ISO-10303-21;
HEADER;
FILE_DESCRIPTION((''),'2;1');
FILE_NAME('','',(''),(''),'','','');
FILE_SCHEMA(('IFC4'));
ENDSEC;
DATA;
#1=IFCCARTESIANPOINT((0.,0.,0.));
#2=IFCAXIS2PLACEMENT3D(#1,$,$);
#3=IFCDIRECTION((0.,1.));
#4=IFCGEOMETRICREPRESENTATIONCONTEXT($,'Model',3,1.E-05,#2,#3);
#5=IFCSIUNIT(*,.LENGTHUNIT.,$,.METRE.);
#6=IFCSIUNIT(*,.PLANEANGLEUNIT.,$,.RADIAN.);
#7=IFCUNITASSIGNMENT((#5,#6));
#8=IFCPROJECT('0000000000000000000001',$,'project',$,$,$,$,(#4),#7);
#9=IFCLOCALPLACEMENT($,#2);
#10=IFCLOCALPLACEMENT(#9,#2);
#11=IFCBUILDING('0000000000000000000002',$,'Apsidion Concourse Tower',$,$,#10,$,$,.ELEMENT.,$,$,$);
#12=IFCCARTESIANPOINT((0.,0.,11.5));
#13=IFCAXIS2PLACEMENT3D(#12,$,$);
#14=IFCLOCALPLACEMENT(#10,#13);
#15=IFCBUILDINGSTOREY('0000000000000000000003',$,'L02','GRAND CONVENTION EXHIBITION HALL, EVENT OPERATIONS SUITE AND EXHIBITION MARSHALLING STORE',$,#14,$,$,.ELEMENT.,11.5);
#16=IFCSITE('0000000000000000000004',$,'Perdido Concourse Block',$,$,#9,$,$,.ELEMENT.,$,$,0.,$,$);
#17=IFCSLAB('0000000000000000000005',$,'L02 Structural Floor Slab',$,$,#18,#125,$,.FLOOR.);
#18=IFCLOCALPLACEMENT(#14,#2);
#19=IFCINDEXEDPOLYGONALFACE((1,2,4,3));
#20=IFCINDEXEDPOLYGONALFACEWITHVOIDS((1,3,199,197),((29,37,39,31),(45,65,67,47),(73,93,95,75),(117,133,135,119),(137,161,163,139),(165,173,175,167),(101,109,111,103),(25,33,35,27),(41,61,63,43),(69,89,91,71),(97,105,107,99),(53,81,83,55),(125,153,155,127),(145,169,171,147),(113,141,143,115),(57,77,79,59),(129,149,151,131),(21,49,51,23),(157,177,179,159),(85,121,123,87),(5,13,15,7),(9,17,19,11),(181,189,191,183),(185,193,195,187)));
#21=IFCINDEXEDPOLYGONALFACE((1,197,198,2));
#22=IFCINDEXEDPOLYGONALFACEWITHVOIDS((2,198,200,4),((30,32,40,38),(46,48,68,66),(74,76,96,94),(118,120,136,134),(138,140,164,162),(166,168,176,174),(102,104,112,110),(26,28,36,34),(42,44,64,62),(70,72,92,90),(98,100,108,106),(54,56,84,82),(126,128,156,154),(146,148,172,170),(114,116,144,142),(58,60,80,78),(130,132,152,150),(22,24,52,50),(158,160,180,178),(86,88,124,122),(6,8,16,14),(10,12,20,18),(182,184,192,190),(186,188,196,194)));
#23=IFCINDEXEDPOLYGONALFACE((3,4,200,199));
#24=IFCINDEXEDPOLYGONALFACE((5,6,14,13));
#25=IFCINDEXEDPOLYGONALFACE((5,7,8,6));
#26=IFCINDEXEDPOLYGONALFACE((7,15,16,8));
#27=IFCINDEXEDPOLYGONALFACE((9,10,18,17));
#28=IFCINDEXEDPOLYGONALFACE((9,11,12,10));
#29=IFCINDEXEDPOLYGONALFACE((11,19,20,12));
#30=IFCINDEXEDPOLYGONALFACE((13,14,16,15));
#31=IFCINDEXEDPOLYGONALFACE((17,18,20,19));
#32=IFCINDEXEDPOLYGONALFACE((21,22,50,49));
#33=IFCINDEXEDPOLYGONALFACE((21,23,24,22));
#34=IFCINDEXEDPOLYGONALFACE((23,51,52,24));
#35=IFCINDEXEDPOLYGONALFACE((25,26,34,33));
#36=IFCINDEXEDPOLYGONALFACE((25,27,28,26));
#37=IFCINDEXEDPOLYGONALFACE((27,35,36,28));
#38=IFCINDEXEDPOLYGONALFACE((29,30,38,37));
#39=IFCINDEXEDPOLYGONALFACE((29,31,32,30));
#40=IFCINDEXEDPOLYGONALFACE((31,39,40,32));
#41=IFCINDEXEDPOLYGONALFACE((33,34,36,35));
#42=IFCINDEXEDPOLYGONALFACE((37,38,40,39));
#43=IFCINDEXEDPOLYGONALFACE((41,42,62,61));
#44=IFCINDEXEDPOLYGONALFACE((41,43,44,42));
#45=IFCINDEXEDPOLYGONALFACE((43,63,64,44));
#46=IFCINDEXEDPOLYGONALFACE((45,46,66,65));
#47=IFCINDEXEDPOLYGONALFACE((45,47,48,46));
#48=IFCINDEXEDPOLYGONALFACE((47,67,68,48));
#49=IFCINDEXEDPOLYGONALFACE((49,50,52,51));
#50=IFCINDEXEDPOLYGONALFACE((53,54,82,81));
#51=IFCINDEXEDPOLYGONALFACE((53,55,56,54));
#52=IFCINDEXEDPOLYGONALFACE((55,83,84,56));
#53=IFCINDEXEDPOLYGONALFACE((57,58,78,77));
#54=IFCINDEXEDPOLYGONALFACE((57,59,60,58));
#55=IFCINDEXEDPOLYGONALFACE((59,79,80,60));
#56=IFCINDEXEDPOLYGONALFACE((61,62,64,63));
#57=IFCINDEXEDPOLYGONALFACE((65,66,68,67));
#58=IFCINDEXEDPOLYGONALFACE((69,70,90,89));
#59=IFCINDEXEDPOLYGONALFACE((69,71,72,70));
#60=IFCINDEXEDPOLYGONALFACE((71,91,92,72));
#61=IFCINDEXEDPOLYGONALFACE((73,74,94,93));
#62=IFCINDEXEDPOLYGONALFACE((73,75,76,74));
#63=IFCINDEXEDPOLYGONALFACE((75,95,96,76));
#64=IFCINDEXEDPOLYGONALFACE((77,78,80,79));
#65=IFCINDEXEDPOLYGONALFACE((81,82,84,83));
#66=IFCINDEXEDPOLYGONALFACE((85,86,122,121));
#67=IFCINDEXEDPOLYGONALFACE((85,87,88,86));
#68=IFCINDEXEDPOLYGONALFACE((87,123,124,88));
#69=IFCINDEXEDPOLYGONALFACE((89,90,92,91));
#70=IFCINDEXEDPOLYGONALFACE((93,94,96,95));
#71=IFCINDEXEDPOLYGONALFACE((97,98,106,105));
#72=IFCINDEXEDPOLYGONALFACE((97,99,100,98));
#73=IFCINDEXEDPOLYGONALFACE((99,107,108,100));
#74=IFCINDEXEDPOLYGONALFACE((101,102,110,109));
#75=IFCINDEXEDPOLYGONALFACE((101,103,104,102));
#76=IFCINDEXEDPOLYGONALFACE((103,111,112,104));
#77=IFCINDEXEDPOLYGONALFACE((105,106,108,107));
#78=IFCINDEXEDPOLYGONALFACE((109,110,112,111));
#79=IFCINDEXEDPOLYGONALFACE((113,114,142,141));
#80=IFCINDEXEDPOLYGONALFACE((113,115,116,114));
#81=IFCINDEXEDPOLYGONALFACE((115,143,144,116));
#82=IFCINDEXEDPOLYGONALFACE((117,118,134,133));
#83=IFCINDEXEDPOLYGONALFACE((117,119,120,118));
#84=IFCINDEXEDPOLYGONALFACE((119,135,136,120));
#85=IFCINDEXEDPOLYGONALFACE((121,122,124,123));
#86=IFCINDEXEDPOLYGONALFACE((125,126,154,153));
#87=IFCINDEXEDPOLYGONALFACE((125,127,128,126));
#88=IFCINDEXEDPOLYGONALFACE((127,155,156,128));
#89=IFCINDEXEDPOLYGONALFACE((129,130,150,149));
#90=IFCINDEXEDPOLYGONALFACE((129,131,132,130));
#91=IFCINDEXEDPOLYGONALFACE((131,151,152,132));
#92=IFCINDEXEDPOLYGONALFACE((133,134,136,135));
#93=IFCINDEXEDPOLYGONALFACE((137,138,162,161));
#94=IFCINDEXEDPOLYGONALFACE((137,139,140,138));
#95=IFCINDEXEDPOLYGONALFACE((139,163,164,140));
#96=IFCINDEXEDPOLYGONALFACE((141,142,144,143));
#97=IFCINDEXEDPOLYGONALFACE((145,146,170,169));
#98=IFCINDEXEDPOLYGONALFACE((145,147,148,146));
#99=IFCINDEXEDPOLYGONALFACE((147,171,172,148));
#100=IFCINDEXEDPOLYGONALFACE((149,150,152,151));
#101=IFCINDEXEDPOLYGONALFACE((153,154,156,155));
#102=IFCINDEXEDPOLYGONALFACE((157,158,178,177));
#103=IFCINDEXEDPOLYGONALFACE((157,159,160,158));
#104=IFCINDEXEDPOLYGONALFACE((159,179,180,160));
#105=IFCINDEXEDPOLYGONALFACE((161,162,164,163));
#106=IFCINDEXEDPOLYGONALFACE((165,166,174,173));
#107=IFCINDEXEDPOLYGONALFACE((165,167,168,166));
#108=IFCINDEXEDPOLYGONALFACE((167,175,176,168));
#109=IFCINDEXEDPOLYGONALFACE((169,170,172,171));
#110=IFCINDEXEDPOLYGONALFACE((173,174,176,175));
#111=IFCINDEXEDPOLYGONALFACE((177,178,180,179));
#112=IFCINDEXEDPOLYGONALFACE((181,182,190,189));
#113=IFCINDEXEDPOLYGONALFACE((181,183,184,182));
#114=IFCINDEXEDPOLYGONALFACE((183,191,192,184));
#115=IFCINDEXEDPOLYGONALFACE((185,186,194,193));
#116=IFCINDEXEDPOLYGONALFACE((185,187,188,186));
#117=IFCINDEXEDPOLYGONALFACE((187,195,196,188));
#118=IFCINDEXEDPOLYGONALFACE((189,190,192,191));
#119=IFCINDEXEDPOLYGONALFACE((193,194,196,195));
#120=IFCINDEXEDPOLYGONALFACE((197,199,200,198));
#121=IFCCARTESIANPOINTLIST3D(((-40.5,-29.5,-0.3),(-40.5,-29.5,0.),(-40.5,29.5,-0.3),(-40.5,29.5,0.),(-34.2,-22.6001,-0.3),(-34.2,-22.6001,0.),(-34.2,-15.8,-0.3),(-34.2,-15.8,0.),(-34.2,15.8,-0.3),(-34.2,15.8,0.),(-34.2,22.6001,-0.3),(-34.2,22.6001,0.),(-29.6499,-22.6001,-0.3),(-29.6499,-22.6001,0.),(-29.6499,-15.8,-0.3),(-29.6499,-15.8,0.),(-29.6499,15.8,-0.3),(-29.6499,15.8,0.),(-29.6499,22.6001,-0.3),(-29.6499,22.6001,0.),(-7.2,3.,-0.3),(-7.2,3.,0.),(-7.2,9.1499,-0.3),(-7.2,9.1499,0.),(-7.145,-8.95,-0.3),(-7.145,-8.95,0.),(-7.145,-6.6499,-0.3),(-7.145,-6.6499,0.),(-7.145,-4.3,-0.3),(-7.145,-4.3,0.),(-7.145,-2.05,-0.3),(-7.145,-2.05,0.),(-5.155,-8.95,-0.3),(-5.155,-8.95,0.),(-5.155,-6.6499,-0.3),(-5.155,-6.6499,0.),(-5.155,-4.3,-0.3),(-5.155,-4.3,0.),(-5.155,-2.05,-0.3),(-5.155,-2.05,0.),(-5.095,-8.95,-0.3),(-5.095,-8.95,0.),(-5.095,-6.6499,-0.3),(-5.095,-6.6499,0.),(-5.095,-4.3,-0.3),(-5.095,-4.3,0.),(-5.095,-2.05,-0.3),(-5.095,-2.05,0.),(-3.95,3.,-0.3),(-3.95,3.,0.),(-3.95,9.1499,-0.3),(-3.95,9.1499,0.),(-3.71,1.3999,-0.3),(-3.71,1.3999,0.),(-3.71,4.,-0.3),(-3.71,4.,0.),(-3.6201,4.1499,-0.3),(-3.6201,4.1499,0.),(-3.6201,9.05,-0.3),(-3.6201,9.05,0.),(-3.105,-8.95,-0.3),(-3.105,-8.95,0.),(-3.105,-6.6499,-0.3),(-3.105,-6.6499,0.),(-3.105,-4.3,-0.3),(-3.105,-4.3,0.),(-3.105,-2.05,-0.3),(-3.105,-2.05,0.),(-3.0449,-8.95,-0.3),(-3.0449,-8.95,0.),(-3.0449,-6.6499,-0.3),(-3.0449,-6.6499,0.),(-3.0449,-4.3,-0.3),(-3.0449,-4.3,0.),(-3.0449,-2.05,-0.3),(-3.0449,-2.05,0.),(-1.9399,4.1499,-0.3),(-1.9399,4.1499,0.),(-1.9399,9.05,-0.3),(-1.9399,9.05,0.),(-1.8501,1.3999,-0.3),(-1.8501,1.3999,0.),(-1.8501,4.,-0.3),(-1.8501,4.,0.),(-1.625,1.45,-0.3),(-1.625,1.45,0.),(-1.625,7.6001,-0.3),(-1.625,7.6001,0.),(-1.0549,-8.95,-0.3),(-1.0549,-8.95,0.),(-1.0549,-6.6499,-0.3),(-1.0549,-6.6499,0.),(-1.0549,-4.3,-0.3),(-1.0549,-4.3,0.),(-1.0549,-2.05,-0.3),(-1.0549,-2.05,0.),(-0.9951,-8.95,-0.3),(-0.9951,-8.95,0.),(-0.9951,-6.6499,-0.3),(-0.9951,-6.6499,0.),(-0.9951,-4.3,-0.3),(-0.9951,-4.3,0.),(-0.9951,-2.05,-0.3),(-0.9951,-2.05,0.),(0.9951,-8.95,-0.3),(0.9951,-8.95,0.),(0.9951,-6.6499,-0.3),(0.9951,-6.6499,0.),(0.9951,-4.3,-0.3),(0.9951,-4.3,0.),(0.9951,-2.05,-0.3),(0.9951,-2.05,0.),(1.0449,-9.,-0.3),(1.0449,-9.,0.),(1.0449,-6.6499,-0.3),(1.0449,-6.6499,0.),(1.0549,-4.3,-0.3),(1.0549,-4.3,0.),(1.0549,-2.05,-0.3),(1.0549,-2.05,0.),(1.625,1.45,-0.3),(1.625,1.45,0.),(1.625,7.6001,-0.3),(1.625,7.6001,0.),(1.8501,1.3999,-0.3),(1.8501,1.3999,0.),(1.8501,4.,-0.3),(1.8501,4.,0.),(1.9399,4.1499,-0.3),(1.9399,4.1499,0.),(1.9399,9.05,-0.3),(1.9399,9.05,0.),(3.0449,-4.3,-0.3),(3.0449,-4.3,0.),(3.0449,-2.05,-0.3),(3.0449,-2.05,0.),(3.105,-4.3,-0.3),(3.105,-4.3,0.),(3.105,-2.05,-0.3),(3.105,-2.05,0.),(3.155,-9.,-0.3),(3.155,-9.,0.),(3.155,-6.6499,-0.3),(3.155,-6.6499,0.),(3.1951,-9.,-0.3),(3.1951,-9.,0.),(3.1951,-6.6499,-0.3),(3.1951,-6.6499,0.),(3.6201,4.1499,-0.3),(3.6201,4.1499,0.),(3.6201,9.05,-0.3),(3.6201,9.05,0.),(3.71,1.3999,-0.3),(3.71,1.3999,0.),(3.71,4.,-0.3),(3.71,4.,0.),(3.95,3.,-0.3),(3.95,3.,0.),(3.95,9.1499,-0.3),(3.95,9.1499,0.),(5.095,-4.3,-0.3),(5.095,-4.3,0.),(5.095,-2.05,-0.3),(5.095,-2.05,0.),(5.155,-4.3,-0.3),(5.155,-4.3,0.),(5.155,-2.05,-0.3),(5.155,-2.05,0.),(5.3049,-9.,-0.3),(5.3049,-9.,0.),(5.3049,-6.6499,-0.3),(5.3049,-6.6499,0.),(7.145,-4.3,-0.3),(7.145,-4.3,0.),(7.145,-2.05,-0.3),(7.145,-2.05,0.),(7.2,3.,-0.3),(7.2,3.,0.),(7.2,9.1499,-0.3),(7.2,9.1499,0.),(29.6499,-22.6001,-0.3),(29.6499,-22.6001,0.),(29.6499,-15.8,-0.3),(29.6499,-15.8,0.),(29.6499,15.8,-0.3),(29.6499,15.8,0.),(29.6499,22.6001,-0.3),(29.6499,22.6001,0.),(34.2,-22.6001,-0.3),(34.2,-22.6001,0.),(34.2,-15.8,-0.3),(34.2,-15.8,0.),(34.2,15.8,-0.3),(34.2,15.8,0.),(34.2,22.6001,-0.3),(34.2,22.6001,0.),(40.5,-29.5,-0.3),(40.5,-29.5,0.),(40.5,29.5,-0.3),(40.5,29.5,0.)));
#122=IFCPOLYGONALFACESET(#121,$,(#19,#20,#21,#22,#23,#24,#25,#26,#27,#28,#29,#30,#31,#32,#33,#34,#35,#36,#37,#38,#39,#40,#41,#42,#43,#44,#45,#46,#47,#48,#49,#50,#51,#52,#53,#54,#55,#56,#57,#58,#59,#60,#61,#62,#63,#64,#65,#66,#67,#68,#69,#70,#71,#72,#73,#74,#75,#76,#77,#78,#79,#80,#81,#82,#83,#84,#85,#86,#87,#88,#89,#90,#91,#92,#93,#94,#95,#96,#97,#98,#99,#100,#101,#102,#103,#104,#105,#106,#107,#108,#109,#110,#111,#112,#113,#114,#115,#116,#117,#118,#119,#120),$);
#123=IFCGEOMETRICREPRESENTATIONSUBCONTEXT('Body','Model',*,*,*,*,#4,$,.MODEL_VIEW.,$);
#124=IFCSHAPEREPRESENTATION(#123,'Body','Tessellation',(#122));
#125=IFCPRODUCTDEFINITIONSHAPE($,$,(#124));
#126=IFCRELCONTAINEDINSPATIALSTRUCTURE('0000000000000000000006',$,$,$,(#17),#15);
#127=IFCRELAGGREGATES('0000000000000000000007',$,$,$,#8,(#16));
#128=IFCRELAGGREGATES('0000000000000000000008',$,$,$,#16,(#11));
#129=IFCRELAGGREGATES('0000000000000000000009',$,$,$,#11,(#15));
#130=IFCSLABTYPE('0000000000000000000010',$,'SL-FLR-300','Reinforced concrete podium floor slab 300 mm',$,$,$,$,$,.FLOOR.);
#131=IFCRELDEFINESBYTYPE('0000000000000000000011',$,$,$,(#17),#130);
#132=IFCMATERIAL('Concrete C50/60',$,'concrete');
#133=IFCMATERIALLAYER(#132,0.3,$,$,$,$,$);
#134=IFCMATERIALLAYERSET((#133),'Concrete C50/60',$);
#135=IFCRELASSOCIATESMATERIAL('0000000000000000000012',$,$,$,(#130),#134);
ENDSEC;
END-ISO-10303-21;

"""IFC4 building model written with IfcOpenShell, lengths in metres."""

from ifc_helpers import new_model, si_unit, direction, frame, origin, place, context, subcontext, project, spatial, polyline, outline, extrude, material, layer, layer_set, type_object, element, save


model = new_model("IFC4")

# Units and contexts
model_context = context("Model", 3, precision=1e-05, world=origin(), true_north=direction((0.0, 1.0)))
body_context = subcontext(model_context, "Body", "Model", "MODEL_VIEW")
ifc_project = project(units=[si_unit("LENGTHUNIT", "METRE"), si_unit("PLANEANGLEUNIT", "RADIAN")], contexts=[model_context])

# Site, building, storey
site_placement = place(None, origin())
site = spatial("IfcSite", under=ifc_project, at=site_placement, Name="Perdido Concourse Block", CompositionType="ELEMENT", RefElevation=0.0)
building_placement = place(site_placement, origin())
building = spatial("IfcBuilding", under=site, at=building_placement, Name="Apsidion Concourse Tower", CompositionType="ELEMENT")
storey_placement = place(building_placement, frame((0.0, 0.0, 11.5)))
storey = spatial("IfcBuildingStorey", under=building, at=storey_placement, Name="L02", Description="GRAND CONVENTION EXHIBITION HALL, EVENT OPERATIONS SUITE AND EXHIBITION MARSHALLING STORE", CompositionType="ELEMENT", Elevation=11.5)

# Shared definitions
ifc_material_1 = material(Name="Concrete C50/60", Category="concrete")

# Slab
ifc_layer_1 = layer(ifc_material_1, 0.3)
ifc_layer_set_1 = layer_set([ifc_layer_1], Name="Concrete C50/60")
slab_type_1 = type_object("IfcSlabType", Name="SL-FLR-300", Description="Reinforced concrete podium floor slab 300 mm", PredefinedType="FLOOR", material=ifc_layer_set_1)
slab_1_placement = place(storey_placement, frame((0.0, 0.0, -0.3)))
element("IfcSlab", 1, at=slab_1_placement, inside=storey, type_object=slab_type_1, Name="L02 Structural Floor Slab", PredefinedType="FLOOR", context=body_context, shape_type="SweptSolid", body=[
    extrude(outline(polyline([(-40.5, -29.5), (40.5, -29.5), (40.5, 29.5), (-40.5, 29.5), (-40.5, -29.5)]), holes=[polyline([(-3.95, 3.0), (-3.95, 9.1499), (-7.2, 9.1499), (-7.2, 3.0), (-3.95, 3.0)]), polyline([(7.2, 3.0), (7.2, 9.1499), (3.95, 9.1499), (3.95, 3.0), (7.2, 3.0)]), polyline([(-1.625, 7.6001), (-1.625, 1.45), (1.625, 1.45), (1.625, 7.6001), (-1.625, 7.6001)]), polyline([(-29.6499, -22.6001), (-29.6499, -15.8), (-34.2, -15.8), (-34.2, -22.6001), (-29.6499, -22.6001)]), polyline([(34.2, -22.6001), (34.2, -15.8), (29.6499, -15.8), (29.6499, -22.6001), (34.2, -22.6001)]), polyline([(-34.2, 22.6001), (-34.2, 15.8), (-29.6499, 15.8), (-29.6499, 22.6001), (-34.2, 22.6001)]), polyline([(29.6499, 22.6001), (29.6499, 15.8), (34.2, 15.8), (34.2, 22.6001), (29.6499, 22.6001)]), polyline([(-7.145, -4.3), (-5.155, -4.3), (-5.155, -2.05), (-7.145, -2.05), (-7.145, -4.3)]), polyline([(-5.095, -4.3), (-3.105, -4.3), (-3.105, -2.05), (-5.095, -2.05), (-5.095, -4.3)]), polyline([(-3.0449, -4.3), (-1.0549, -4.3), (-1.0549, -2.05), (-3.0449, -2.05), (-3.0449, -4.3)]), polyline([(-0.9951, -4.3), (0.9951, -4.3), (0.9951, -2.05), (-0.9951, -2.05), (-0.9951, -4.3)]), polyline([(1.0549, -4.3), (3.0449, -4.3), (3.0449, -2.05), (1.0549, -2.05), (1.0549, -4.3)]), polyline([(3.105, -4.3), (5.095, -4.3), (5.095, -2.05), (3.105, -2.05), (3.105, -4.3)]), polyline([(5.155, -4.3), (7.145, -4.3), (7.145, -2.05), (5.155, -2.05), (5.155, -4.3)]), polyline([(-7.145, -8.95), (-5.155, -8.95), (-5.155, -6.6499), (-7.145, -6.6499), (-7.145, -8.95)]), polyline([(-5.095, -8.95), (-3.105, -8.95), (-3.105, -6.6499), (-5.095, -6.6499), (-5.095, -8.95)]), polyline([(-3.0449, -8.95), (-1.0549, -8.95), (-1.0549, -6.6499), (-3.0449, -6.6499), (-3.0449, -8.95)]), polyline([(-0.9951, -8.95), (0.9951, -8.95), (0.9951, -6.6499), (-0.9951, -6.6499), (-0.9951, -8.95)]), polyline([(1.0449, -9.0), (3.155, -9.0), (3.155, -6.6499), (1.0449, -6.6499), (1.0449, -9.0)]), polyline([(3.1951, -9.0), (5.3049, -9.0), (5.3049, -6.6499), (3.1951, -6.6499), (3.1951, -9.0)]), polyline([(-3.71, 1.3999), (-1.8501, 1.3999), (-1.8501, 4.0), (-3.71, 4.0), (-3.71, 1.3999)]), polyline([(1.8501, 1.3999), (3.71, 1.3999), (3.71, 4.0), (1.8501, 4.0), (1.8501, 1.3999)]), polyline([(-3.6201, 4.1499), (-1.9399, 4.1499), (-1.9399, 9.05), (-3.6201, 9.05), (-3.6201, 4.1499)]), polyline([(1.9399, 4.1499), (3.6201, 4.1499), (3.6201, 9.05), (1.9399, 9.05), (1.9399, 4.1499)])]), origin(), (0.0, 0.0, 1.0), 0.3),
])

save(model, "model.ifc")
